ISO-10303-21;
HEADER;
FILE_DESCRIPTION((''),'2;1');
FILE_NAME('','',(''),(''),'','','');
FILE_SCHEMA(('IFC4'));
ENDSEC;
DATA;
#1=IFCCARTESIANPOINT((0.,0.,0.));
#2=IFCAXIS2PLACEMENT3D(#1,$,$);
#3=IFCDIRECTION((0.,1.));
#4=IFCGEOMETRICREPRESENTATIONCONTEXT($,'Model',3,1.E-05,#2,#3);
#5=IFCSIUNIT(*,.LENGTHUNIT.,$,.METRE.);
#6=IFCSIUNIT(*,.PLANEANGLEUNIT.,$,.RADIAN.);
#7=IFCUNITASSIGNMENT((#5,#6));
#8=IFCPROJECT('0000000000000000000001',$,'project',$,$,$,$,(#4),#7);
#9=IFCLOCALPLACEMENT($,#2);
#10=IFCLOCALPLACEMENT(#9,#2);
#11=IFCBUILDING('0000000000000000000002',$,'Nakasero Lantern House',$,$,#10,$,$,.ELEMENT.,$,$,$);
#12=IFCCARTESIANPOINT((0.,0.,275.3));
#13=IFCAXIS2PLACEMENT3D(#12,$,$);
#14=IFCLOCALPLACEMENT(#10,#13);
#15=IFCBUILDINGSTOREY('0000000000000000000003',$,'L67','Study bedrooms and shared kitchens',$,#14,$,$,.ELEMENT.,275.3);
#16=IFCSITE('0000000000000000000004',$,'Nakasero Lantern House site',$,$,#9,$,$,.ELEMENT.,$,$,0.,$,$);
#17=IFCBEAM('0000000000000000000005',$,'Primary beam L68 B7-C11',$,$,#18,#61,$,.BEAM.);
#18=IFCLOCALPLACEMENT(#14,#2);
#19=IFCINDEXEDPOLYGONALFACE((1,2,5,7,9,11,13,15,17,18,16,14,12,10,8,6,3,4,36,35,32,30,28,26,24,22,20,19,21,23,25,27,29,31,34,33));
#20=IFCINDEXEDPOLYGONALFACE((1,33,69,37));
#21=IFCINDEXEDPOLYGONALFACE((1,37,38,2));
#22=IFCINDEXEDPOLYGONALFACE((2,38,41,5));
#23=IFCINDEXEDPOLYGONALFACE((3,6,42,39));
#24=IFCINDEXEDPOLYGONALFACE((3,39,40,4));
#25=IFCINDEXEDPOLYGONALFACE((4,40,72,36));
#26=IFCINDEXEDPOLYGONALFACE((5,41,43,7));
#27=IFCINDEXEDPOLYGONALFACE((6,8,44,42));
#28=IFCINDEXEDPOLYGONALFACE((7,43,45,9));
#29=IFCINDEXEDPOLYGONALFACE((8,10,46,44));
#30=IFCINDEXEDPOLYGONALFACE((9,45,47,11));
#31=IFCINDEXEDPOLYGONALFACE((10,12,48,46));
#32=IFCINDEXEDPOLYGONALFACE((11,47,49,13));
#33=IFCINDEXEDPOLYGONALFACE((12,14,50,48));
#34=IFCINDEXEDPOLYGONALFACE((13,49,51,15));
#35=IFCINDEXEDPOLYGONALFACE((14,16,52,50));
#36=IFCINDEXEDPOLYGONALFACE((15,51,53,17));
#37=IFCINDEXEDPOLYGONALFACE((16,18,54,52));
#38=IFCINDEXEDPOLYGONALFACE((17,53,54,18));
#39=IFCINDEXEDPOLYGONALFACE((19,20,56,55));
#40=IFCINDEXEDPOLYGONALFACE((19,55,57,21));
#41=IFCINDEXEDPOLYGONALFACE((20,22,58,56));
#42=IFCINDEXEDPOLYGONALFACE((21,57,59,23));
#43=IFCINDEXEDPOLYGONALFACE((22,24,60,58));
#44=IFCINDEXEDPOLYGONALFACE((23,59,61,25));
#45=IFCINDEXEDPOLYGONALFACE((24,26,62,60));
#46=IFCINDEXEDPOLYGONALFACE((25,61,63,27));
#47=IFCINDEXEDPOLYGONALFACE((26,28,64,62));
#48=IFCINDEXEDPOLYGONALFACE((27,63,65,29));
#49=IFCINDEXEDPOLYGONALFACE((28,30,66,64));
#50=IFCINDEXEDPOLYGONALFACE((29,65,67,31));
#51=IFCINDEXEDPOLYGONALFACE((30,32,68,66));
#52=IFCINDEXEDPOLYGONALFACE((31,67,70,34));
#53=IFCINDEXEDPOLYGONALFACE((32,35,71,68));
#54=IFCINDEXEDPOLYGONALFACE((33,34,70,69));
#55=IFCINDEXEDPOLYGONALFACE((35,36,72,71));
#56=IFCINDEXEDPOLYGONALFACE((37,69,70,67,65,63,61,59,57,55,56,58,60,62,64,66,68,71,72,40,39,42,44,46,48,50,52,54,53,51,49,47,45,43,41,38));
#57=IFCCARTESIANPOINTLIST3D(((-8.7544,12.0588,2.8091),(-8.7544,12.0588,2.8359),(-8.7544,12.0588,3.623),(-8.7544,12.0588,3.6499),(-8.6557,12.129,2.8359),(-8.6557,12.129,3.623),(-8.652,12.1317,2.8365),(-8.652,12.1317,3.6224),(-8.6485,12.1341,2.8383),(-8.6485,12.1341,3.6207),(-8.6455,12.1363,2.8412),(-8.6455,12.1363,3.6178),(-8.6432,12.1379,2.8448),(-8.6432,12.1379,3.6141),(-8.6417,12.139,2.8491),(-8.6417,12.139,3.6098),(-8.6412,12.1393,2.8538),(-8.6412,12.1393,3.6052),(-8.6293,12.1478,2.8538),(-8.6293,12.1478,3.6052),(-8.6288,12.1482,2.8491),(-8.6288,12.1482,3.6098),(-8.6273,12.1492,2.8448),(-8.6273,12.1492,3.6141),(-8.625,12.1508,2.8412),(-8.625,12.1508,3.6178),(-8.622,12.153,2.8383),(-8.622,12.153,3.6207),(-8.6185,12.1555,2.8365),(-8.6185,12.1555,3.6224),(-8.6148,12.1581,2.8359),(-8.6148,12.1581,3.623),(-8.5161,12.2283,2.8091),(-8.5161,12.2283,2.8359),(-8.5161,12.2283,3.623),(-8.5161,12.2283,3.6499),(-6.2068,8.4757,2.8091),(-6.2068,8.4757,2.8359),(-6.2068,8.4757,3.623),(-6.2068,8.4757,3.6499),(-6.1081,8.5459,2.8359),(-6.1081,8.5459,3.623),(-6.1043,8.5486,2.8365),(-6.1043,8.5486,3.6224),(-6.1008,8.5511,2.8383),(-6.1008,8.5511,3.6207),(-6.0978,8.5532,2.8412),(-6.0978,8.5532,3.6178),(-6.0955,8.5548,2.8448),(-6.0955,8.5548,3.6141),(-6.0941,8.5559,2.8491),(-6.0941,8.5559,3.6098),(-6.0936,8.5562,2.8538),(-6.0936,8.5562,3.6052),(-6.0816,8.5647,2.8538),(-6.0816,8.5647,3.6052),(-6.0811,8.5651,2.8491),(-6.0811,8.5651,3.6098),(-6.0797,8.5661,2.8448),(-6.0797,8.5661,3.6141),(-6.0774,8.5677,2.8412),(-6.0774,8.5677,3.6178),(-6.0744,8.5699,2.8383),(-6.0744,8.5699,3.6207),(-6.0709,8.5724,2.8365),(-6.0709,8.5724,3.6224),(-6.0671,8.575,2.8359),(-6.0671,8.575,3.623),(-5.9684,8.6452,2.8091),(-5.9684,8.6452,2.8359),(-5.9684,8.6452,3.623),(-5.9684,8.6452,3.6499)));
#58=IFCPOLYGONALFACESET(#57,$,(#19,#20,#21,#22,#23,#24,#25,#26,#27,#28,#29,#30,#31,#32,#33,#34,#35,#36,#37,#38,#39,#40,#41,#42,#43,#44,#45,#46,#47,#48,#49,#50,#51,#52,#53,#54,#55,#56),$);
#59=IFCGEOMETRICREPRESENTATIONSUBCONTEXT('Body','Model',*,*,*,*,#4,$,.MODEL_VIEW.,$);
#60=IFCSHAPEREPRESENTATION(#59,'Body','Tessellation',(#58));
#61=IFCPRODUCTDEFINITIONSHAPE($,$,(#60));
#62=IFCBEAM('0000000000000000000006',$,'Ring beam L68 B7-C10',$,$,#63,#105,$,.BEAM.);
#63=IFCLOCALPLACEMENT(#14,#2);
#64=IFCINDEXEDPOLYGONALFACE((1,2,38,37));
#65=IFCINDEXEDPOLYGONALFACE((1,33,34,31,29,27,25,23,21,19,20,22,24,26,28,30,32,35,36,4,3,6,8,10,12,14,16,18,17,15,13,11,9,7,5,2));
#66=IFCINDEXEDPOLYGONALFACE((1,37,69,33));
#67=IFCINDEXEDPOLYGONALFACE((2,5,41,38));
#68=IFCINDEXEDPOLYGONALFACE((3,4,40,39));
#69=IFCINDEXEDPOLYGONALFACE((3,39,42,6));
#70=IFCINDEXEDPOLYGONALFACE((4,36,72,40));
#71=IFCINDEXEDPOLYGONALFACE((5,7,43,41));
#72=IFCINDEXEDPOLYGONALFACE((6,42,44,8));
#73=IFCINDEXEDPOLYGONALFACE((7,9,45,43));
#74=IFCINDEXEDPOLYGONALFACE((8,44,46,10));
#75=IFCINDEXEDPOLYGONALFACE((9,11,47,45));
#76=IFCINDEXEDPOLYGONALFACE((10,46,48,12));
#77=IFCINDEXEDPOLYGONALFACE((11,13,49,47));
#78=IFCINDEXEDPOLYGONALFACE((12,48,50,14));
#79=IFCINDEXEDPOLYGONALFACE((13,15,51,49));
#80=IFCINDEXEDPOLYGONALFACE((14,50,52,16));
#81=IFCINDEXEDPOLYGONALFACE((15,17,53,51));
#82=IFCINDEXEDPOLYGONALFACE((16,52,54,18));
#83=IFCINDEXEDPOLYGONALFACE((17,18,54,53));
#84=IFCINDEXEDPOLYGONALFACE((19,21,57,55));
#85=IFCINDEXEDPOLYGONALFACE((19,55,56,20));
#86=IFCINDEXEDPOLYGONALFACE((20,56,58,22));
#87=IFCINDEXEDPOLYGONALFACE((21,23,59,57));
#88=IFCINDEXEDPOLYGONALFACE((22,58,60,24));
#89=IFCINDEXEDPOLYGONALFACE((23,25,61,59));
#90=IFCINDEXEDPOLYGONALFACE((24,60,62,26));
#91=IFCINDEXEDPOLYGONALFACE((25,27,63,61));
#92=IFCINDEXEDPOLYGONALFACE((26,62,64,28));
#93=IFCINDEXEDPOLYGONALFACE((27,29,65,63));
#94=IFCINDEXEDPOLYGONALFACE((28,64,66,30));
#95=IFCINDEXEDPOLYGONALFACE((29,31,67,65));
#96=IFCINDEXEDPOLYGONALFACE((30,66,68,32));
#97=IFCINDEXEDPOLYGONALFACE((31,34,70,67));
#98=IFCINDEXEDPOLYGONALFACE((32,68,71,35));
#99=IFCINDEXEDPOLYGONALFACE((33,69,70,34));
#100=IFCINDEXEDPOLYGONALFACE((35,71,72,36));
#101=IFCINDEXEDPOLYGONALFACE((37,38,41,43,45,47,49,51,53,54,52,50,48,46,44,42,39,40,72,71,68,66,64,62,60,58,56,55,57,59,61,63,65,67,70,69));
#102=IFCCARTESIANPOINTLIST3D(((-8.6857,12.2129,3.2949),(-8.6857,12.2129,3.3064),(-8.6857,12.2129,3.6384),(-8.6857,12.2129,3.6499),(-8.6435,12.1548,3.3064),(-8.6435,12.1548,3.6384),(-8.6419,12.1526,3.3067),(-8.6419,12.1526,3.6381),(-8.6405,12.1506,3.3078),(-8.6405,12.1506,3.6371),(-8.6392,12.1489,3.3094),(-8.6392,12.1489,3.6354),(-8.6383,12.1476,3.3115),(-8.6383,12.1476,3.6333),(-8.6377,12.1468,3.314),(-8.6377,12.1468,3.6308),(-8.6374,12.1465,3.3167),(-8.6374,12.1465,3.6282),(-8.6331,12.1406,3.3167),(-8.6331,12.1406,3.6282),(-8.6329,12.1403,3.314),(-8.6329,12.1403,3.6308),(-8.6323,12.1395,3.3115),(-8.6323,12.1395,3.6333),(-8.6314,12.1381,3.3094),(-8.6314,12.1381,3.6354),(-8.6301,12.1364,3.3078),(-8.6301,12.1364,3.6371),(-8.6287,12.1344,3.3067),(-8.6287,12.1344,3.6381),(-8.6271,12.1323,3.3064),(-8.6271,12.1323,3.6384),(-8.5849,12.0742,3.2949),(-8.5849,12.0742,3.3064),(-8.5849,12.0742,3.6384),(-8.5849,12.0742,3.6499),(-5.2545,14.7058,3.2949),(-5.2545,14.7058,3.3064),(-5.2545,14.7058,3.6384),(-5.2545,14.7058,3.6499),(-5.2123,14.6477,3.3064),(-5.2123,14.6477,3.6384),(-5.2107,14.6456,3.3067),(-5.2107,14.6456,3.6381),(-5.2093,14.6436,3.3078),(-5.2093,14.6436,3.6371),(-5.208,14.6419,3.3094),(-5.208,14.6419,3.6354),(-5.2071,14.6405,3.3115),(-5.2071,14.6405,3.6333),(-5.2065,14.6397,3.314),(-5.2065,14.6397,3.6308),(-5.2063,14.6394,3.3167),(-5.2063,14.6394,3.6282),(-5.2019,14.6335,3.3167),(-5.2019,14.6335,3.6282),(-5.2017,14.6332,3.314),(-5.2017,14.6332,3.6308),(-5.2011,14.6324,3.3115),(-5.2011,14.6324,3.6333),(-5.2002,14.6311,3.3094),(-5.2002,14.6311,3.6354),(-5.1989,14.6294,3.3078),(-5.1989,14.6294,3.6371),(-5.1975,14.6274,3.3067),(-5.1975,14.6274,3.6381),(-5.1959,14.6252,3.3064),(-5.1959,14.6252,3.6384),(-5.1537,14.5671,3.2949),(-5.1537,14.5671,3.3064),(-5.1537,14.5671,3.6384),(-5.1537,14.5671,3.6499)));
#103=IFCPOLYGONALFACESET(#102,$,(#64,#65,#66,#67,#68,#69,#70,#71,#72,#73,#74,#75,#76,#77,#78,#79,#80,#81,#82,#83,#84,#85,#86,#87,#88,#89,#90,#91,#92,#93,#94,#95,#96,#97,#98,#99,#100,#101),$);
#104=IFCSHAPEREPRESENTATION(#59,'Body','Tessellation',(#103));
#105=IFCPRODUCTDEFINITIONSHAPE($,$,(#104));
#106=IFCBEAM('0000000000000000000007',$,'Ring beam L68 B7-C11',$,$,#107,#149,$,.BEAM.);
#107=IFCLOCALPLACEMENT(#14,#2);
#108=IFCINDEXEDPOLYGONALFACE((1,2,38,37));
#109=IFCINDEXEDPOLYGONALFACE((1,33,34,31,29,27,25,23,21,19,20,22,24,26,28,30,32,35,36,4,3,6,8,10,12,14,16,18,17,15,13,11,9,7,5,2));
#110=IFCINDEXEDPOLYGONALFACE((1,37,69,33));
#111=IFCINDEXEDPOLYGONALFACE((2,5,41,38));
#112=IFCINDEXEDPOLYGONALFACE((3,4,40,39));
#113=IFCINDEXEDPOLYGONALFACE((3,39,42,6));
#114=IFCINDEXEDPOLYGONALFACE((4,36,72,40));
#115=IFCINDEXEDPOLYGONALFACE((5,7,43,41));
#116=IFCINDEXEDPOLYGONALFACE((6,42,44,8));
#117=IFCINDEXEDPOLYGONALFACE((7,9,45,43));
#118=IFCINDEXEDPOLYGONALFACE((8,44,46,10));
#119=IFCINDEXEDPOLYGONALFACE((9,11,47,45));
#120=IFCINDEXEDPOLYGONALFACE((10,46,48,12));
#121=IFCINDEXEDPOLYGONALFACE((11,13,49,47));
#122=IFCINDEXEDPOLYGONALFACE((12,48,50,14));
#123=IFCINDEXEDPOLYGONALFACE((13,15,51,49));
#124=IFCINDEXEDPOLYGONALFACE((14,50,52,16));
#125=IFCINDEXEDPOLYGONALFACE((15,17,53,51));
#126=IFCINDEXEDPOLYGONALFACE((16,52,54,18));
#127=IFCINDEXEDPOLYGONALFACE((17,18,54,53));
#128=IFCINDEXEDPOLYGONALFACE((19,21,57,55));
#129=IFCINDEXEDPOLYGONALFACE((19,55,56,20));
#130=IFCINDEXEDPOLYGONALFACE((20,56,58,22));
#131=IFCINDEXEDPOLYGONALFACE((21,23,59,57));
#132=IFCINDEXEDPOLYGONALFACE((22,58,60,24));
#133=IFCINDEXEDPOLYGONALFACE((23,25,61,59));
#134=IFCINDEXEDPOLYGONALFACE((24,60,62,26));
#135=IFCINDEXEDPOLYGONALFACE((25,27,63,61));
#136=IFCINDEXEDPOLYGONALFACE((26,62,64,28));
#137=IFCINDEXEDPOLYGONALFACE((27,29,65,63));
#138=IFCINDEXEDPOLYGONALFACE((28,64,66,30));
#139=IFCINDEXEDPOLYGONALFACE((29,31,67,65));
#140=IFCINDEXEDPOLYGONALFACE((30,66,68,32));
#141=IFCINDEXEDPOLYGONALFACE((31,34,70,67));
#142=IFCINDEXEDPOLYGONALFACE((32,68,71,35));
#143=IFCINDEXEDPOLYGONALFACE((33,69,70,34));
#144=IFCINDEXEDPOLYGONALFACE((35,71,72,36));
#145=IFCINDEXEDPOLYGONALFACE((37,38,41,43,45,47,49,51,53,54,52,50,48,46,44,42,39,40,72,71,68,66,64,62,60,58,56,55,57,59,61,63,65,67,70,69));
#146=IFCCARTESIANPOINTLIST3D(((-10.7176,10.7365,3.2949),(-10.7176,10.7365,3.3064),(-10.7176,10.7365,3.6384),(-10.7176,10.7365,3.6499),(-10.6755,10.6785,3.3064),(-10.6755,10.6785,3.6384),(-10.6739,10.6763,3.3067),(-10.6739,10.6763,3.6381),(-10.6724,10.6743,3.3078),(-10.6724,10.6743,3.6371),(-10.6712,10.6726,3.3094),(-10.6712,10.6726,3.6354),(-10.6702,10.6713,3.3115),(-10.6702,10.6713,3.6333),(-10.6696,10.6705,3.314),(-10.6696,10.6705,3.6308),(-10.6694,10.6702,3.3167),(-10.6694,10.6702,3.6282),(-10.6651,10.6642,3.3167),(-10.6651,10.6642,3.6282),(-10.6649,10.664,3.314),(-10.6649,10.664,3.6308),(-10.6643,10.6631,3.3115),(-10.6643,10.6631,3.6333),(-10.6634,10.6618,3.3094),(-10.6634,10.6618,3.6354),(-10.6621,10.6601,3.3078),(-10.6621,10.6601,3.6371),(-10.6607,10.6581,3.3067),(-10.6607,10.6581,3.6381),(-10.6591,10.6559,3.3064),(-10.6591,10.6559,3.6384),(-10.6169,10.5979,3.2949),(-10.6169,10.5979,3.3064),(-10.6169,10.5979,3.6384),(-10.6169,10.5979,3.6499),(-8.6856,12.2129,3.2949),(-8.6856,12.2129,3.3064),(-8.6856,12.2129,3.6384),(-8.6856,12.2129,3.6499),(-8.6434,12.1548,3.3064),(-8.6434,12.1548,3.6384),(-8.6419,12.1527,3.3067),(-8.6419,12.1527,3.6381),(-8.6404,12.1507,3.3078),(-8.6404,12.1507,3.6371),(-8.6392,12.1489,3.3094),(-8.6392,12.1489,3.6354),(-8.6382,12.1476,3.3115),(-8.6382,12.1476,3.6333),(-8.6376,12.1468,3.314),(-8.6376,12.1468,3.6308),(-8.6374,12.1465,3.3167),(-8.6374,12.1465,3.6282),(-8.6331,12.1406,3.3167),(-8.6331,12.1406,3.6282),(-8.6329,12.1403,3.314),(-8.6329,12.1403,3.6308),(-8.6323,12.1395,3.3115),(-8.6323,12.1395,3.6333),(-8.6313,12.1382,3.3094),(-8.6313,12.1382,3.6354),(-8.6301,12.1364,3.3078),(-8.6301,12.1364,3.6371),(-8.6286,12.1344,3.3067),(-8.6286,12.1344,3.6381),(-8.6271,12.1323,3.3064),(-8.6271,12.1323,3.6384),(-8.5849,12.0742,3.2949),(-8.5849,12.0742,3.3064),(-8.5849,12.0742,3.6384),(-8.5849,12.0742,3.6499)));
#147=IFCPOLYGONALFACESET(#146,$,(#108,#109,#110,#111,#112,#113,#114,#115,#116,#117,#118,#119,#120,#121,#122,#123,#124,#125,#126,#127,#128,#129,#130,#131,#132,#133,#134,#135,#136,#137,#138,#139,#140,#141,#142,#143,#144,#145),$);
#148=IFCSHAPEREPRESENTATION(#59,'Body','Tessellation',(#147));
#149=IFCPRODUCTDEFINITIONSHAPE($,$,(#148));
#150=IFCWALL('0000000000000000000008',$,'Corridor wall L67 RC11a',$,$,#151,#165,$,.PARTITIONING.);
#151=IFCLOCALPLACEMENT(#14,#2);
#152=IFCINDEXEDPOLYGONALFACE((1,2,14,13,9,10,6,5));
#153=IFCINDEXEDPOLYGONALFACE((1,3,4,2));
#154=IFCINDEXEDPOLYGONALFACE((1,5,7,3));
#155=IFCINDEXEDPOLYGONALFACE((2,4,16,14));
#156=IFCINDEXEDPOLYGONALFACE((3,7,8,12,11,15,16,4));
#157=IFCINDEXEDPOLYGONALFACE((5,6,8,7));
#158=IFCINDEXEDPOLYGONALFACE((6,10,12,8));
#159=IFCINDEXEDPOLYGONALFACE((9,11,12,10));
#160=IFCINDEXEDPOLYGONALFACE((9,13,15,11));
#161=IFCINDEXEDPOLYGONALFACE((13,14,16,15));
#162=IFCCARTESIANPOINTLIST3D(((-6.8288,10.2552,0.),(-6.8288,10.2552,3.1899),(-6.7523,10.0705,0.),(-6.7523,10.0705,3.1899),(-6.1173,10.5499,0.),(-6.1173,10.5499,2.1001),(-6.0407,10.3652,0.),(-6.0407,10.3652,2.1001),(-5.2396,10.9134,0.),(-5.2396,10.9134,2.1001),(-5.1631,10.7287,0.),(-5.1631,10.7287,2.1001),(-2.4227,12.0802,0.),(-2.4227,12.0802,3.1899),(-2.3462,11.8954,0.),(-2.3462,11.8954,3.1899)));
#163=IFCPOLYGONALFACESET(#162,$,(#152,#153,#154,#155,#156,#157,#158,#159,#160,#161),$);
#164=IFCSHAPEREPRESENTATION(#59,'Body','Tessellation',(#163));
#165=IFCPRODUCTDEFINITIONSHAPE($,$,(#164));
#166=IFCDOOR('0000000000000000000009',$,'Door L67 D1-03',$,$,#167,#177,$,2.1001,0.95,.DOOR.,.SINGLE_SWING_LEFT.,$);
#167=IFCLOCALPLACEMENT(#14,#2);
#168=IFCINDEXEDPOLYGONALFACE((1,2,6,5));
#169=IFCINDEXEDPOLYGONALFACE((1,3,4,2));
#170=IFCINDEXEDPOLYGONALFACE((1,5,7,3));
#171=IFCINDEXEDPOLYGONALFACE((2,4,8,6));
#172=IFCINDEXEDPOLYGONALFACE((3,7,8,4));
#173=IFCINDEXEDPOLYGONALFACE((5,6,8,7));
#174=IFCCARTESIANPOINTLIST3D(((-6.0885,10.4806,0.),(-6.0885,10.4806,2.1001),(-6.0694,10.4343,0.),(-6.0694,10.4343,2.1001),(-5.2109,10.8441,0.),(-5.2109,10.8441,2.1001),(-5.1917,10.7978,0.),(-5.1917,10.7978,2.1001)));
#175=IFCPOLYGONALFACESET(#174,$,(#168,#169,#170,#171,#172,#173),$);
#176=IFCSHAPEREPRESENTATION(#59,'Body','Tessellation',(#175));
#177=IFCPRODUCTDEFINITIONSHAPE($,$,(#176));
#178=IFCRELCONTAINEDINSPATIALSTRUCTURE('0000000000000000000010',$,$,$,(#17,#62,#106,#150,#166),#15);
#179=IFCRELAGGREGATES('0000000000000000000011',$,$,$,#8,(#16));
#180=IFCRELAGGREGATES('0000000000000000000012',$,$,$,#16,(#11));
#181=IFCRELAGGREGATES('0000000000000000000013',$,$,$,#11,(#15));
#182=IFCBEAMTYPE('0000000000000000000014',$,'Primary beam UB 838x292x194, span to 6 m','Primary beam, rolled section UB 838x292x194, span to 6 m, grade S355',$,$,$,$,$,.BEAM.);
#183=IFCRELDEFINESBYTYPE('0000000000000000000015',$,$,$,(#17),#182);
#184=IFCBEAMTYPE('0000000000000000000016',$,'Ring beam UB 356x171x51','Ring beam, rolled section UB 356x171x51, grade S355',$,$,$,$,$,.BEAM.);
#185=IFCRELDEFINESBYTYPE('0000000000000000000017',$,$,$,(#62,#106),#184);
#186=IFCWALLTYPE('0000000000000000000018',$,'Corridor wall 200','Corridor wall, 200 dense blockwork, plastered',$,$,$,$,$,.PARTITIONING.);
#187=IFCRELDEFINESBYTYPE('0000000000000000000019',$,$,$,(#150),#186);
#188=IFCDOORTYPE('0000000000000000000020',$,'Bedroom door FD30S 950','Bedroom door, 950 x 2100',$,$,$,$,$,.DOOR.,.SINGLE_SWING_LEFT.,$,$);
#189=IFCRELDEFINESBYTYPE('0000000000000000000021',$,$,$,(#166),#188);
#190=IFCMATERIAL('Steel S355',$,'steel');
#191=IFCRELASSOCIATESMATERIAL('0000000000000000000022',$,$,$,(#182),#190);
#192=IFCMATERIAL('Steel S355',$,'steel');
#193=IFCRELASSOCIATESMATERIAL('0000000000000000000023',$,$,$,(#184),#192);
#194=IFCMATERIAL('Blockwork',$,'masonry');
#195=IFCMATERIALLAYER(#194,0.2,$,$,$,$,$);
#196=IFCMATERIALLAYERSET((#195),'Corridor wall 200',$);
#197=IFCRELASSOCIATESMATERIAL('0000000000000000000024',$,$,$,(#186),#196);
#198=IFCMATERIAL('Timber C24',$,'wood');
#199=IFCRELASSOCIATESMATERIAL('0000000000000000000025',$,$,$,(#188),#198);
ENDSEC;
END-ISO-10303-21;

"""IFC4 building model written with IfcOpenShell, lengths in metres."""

from ifc_helpers import new_model, si_unit, direction, frame, frame_2d, origin, origin_2d, place, context, subcontext, project, spatial, rectangle, i_section, extrude, material, layer, layer_set, material_profile, profile_set, type_object, element, fill, save


model = new_model("IFC4")

# Units and contexts
model_context = context("Model", 3, precision=1e-05, world=origin(), true_north=direction((0.0, 1.0)))
body_context = subcontext(model_context, "Body", "Model", "MODEL_VIEW")
ifc_project = project(units=[si_unit("LENGTHUNIT", "METRE"), si_unit("PLANEANGLEUNIT", "RADIAN")], contexts=[model_context])

# Site, building, storey
site_placement = place(None, origin())
site = spatial("IfcSite", under=ifc_project, at=site_placement, Name="Nakasero Lantern House site", CompositionType="ELEMENT", RefElevation=0.0)
building_placement = place(site_placement, origin())
building = spatial("IfcBuilding", under=site, at=building_placement, Name="Nakasero Lantern House", CompositionType="ELEMENT")
storey_placement = place(building_placement, frame((0.0, 0.0, 275.3)))
storey = spatial("IfcBuildingStorey", under=building, at=storey_placement, Name="L67", Description="Study bedrooms and shared kitchens", CompositionType="ELEMENT", Elevation=275.3)

# Beams
ifc_material_1 = material(Name="Steel S355", Category="steel")
ifc_material_profile_1 = material_profile(ifc_material_1, i_section(OverallWidth=0.2925, OverallDepth=0.8408, WebThickness=0.0146, FlangeThickness=0.0269, FilletRadius=0.0178, at=origin_2d()), Name="UB 838x292x194")
ifc_profile_set_1 = profile_set([ifc_material_profile_1], Name="Steel S355")
beam_type_1 = type_object("IfcBeamType", Name="Primary beam UB 838x292x194, span to 6 m", Description="Primary beam, rolled section UB 838x292x194, span to 6 m, grade S355", PredefinedType="BEAM", material=ifc_profile_set_1)
beam_1_placement = place(storey_placement, frame((-8.6353, 12.1436, 3.2295), z_axis=(0.579477, -0.814989, 0.0), x_axis=(0.814989, 0.579477, 0.0)))
element("IfcBeam", 1, at=beam_1_placement, inside=storey, type_object=beam_type_1, Name="Primary beam L68 B7-C11", PredefinedType="BEAM", context=body_context, shape_type="SweptSolid", body=[
    extrude(i_section(OverallWidth=0.2925, OverallDepth=0.8408, WebThickness=0.0146, FlangeThickness=0.0269, FilletRadius=0.0178, at=origin_2d()), origin(), (0.0, 0.0, 1.0), 4.3965),
])
ifc_material_2 = material(Name="Steel S355", Category="steel")
ifc_material_profile_2 = material_profile(ifc_material_2, i_section(OverallWidth=0.1714, OverallDepth=0.355, WebThickness=0.0073, FlangeThickness=0.0115, FilletRadius=0.0103, at=origin_2d()), Name="UB 356x171x51")
ifc_profile_set_2 = profile_set([ifc_material_profile_2], Name="Steel S355")
beam_type_2 = type_object("IfcBeamType", Name="Ring beam UB 356x171x51", Description="Ring beam, rolled section UB 356x171x51, grade S355", PredefinedType="BEAM", material=ifc_profile_set_2)
beam_2_placement = place(storey_placement, frame((-5.2041, 14.6365, 3.4724), z_axis=(-0.809012, -0.587792, 0.0), x_axis=(0.587792, -0.809012, 0.0)))
element("IfcBeam", 2, at=beam_2_placement, inside=storey, type_object=beam_type_2, Name="Ring beam L68 B7-C10", PredefinedType="BEAM", context=body_context, shape_type="SweptSolid", body=[
    extrude(i_section(OverallWidth=0.1714, OverallDepth=0.355, WebThickness=0.0073, FlangeThickness=0.0115, FilletRadius=0.0103, at=origin_2d()), origin(), (0.0, 0.0, 1.0), 4.2412),
])
beam_3_placement = place(storey_placement, frame((-8.6353, 12.1436, 3.4724), z_axis=(-0.809018, -0.587784, 0.0), x_axis=(0.587784, -0.809018, 0.0)))
element("IfcBeam", 3, at=beam_3_placement, inside=storey, type_object=beam_type_2, Name="Ring beam L68 B7-C11", PredefinedType="BEAM", context=body_context, shape_type="SweptSolid", body=[
    extrude(i_section(OverallWidth=0.1714, OverallDepth=0.355, WebThickness=0.0073, FlangeThickness=0.0115, FilletRadius=0.0103, at=origin_2d()), origin(), (0.0, 0.0, 1.0), 2.5117),
])

# Wall, opening, door
ifc_material_3 = material(Name="Blockwork", Category="masonry")
ifc_layer_1 = layer(ifc_material_3, 0.2)
ifc_layer_set_1 = layer_set([ifc_layer_1], Name="Corridor wall 200")
wall_type_1 = type_object("IfcWallType", Name="Corridor wall 200", Description="Corridor wall, 200 dense blockwork, plastered", PredefinedType="PARTITIONING", material=ifc_layer_set_1)
wall_1_placement = place(storey_placement, frame((-6.7905, 10.1628, 0.0), z_axis=(0.0, 0.0, 1.0), x_axis=(0.923885, 0.38267, 0.0)))
wall_1 = element("IfcWall", 4, at=wall_1_placement, inside=storey, type_object=wall_type_1, Name="Corridor wall L67 RC11a", PredefinedType="PARTITIONING", context=body_context, shape_type="SweptSolid", body=[
    extrude(rectangle(XDim=4.769, YDim=0.2, at=frame_2d((2.3845, 0.0))), origin(), (0.0, 0.0, 1.0), 3.1899),
])
opening_1_placement = place(wall_1_placement, frame((0.77, 0.0, 0.0)))
opening_1 = element("IfcOpeningElement", 5, at=opening_1_placement, cuts=wall_1, PredefinedType="OPENING", context=body_context, shape_type="SweptSolid", body=[
    extrude(rectangle(XDim=0.95, YDim=2.1001, at=frame_2d((0.4751, 1.05))), frame((0.0, 0.1199, 0.0), z_axis=(0.0, -1.0, 0.0), x_axis=(1.0, 0.0, 0.0)), (0.0, 0.0, 1.0), 0.24),
])
ifc_material_4 = material(Name="Timber C24", Category="wood")
door_type_1 = type_object("IfcDoorType", Name="Bedroom door FD30S 950", Description="Bedroom door, 950 x 2100", OperationType="SINGLE_SWING_LEFT", PredefinedType="DOOR", material=ifc_material_4)
door_1_placement = place(opening_1_placement, origin())
door_1 = element("IfcDoor", 6, at=door_1_placement, inside=storey, type_object=door_type_1, Name="Door L67 D1-03", OperationType="SINGLE_SWING_LEFT", OverallHeight=2.1001, OverallWidth=0.95, PredefinedType="DOOR", context=body_context, shape_type="SweptSolid", body=[
    extrude(rectangle(XDim=0.95, YDim=2.1001, at=frame_2d((0.4751, 1.05))), frame((0.0, 0.0249, 0.0), z_axis=(0.0, -1.0, 0.0), x_axis=(1.0, 0.0, 0.0)), (0.0, 0.0, 1.0), 0.05),
])
fill(opening_1, door_1)

save(model, "model.ifc")
